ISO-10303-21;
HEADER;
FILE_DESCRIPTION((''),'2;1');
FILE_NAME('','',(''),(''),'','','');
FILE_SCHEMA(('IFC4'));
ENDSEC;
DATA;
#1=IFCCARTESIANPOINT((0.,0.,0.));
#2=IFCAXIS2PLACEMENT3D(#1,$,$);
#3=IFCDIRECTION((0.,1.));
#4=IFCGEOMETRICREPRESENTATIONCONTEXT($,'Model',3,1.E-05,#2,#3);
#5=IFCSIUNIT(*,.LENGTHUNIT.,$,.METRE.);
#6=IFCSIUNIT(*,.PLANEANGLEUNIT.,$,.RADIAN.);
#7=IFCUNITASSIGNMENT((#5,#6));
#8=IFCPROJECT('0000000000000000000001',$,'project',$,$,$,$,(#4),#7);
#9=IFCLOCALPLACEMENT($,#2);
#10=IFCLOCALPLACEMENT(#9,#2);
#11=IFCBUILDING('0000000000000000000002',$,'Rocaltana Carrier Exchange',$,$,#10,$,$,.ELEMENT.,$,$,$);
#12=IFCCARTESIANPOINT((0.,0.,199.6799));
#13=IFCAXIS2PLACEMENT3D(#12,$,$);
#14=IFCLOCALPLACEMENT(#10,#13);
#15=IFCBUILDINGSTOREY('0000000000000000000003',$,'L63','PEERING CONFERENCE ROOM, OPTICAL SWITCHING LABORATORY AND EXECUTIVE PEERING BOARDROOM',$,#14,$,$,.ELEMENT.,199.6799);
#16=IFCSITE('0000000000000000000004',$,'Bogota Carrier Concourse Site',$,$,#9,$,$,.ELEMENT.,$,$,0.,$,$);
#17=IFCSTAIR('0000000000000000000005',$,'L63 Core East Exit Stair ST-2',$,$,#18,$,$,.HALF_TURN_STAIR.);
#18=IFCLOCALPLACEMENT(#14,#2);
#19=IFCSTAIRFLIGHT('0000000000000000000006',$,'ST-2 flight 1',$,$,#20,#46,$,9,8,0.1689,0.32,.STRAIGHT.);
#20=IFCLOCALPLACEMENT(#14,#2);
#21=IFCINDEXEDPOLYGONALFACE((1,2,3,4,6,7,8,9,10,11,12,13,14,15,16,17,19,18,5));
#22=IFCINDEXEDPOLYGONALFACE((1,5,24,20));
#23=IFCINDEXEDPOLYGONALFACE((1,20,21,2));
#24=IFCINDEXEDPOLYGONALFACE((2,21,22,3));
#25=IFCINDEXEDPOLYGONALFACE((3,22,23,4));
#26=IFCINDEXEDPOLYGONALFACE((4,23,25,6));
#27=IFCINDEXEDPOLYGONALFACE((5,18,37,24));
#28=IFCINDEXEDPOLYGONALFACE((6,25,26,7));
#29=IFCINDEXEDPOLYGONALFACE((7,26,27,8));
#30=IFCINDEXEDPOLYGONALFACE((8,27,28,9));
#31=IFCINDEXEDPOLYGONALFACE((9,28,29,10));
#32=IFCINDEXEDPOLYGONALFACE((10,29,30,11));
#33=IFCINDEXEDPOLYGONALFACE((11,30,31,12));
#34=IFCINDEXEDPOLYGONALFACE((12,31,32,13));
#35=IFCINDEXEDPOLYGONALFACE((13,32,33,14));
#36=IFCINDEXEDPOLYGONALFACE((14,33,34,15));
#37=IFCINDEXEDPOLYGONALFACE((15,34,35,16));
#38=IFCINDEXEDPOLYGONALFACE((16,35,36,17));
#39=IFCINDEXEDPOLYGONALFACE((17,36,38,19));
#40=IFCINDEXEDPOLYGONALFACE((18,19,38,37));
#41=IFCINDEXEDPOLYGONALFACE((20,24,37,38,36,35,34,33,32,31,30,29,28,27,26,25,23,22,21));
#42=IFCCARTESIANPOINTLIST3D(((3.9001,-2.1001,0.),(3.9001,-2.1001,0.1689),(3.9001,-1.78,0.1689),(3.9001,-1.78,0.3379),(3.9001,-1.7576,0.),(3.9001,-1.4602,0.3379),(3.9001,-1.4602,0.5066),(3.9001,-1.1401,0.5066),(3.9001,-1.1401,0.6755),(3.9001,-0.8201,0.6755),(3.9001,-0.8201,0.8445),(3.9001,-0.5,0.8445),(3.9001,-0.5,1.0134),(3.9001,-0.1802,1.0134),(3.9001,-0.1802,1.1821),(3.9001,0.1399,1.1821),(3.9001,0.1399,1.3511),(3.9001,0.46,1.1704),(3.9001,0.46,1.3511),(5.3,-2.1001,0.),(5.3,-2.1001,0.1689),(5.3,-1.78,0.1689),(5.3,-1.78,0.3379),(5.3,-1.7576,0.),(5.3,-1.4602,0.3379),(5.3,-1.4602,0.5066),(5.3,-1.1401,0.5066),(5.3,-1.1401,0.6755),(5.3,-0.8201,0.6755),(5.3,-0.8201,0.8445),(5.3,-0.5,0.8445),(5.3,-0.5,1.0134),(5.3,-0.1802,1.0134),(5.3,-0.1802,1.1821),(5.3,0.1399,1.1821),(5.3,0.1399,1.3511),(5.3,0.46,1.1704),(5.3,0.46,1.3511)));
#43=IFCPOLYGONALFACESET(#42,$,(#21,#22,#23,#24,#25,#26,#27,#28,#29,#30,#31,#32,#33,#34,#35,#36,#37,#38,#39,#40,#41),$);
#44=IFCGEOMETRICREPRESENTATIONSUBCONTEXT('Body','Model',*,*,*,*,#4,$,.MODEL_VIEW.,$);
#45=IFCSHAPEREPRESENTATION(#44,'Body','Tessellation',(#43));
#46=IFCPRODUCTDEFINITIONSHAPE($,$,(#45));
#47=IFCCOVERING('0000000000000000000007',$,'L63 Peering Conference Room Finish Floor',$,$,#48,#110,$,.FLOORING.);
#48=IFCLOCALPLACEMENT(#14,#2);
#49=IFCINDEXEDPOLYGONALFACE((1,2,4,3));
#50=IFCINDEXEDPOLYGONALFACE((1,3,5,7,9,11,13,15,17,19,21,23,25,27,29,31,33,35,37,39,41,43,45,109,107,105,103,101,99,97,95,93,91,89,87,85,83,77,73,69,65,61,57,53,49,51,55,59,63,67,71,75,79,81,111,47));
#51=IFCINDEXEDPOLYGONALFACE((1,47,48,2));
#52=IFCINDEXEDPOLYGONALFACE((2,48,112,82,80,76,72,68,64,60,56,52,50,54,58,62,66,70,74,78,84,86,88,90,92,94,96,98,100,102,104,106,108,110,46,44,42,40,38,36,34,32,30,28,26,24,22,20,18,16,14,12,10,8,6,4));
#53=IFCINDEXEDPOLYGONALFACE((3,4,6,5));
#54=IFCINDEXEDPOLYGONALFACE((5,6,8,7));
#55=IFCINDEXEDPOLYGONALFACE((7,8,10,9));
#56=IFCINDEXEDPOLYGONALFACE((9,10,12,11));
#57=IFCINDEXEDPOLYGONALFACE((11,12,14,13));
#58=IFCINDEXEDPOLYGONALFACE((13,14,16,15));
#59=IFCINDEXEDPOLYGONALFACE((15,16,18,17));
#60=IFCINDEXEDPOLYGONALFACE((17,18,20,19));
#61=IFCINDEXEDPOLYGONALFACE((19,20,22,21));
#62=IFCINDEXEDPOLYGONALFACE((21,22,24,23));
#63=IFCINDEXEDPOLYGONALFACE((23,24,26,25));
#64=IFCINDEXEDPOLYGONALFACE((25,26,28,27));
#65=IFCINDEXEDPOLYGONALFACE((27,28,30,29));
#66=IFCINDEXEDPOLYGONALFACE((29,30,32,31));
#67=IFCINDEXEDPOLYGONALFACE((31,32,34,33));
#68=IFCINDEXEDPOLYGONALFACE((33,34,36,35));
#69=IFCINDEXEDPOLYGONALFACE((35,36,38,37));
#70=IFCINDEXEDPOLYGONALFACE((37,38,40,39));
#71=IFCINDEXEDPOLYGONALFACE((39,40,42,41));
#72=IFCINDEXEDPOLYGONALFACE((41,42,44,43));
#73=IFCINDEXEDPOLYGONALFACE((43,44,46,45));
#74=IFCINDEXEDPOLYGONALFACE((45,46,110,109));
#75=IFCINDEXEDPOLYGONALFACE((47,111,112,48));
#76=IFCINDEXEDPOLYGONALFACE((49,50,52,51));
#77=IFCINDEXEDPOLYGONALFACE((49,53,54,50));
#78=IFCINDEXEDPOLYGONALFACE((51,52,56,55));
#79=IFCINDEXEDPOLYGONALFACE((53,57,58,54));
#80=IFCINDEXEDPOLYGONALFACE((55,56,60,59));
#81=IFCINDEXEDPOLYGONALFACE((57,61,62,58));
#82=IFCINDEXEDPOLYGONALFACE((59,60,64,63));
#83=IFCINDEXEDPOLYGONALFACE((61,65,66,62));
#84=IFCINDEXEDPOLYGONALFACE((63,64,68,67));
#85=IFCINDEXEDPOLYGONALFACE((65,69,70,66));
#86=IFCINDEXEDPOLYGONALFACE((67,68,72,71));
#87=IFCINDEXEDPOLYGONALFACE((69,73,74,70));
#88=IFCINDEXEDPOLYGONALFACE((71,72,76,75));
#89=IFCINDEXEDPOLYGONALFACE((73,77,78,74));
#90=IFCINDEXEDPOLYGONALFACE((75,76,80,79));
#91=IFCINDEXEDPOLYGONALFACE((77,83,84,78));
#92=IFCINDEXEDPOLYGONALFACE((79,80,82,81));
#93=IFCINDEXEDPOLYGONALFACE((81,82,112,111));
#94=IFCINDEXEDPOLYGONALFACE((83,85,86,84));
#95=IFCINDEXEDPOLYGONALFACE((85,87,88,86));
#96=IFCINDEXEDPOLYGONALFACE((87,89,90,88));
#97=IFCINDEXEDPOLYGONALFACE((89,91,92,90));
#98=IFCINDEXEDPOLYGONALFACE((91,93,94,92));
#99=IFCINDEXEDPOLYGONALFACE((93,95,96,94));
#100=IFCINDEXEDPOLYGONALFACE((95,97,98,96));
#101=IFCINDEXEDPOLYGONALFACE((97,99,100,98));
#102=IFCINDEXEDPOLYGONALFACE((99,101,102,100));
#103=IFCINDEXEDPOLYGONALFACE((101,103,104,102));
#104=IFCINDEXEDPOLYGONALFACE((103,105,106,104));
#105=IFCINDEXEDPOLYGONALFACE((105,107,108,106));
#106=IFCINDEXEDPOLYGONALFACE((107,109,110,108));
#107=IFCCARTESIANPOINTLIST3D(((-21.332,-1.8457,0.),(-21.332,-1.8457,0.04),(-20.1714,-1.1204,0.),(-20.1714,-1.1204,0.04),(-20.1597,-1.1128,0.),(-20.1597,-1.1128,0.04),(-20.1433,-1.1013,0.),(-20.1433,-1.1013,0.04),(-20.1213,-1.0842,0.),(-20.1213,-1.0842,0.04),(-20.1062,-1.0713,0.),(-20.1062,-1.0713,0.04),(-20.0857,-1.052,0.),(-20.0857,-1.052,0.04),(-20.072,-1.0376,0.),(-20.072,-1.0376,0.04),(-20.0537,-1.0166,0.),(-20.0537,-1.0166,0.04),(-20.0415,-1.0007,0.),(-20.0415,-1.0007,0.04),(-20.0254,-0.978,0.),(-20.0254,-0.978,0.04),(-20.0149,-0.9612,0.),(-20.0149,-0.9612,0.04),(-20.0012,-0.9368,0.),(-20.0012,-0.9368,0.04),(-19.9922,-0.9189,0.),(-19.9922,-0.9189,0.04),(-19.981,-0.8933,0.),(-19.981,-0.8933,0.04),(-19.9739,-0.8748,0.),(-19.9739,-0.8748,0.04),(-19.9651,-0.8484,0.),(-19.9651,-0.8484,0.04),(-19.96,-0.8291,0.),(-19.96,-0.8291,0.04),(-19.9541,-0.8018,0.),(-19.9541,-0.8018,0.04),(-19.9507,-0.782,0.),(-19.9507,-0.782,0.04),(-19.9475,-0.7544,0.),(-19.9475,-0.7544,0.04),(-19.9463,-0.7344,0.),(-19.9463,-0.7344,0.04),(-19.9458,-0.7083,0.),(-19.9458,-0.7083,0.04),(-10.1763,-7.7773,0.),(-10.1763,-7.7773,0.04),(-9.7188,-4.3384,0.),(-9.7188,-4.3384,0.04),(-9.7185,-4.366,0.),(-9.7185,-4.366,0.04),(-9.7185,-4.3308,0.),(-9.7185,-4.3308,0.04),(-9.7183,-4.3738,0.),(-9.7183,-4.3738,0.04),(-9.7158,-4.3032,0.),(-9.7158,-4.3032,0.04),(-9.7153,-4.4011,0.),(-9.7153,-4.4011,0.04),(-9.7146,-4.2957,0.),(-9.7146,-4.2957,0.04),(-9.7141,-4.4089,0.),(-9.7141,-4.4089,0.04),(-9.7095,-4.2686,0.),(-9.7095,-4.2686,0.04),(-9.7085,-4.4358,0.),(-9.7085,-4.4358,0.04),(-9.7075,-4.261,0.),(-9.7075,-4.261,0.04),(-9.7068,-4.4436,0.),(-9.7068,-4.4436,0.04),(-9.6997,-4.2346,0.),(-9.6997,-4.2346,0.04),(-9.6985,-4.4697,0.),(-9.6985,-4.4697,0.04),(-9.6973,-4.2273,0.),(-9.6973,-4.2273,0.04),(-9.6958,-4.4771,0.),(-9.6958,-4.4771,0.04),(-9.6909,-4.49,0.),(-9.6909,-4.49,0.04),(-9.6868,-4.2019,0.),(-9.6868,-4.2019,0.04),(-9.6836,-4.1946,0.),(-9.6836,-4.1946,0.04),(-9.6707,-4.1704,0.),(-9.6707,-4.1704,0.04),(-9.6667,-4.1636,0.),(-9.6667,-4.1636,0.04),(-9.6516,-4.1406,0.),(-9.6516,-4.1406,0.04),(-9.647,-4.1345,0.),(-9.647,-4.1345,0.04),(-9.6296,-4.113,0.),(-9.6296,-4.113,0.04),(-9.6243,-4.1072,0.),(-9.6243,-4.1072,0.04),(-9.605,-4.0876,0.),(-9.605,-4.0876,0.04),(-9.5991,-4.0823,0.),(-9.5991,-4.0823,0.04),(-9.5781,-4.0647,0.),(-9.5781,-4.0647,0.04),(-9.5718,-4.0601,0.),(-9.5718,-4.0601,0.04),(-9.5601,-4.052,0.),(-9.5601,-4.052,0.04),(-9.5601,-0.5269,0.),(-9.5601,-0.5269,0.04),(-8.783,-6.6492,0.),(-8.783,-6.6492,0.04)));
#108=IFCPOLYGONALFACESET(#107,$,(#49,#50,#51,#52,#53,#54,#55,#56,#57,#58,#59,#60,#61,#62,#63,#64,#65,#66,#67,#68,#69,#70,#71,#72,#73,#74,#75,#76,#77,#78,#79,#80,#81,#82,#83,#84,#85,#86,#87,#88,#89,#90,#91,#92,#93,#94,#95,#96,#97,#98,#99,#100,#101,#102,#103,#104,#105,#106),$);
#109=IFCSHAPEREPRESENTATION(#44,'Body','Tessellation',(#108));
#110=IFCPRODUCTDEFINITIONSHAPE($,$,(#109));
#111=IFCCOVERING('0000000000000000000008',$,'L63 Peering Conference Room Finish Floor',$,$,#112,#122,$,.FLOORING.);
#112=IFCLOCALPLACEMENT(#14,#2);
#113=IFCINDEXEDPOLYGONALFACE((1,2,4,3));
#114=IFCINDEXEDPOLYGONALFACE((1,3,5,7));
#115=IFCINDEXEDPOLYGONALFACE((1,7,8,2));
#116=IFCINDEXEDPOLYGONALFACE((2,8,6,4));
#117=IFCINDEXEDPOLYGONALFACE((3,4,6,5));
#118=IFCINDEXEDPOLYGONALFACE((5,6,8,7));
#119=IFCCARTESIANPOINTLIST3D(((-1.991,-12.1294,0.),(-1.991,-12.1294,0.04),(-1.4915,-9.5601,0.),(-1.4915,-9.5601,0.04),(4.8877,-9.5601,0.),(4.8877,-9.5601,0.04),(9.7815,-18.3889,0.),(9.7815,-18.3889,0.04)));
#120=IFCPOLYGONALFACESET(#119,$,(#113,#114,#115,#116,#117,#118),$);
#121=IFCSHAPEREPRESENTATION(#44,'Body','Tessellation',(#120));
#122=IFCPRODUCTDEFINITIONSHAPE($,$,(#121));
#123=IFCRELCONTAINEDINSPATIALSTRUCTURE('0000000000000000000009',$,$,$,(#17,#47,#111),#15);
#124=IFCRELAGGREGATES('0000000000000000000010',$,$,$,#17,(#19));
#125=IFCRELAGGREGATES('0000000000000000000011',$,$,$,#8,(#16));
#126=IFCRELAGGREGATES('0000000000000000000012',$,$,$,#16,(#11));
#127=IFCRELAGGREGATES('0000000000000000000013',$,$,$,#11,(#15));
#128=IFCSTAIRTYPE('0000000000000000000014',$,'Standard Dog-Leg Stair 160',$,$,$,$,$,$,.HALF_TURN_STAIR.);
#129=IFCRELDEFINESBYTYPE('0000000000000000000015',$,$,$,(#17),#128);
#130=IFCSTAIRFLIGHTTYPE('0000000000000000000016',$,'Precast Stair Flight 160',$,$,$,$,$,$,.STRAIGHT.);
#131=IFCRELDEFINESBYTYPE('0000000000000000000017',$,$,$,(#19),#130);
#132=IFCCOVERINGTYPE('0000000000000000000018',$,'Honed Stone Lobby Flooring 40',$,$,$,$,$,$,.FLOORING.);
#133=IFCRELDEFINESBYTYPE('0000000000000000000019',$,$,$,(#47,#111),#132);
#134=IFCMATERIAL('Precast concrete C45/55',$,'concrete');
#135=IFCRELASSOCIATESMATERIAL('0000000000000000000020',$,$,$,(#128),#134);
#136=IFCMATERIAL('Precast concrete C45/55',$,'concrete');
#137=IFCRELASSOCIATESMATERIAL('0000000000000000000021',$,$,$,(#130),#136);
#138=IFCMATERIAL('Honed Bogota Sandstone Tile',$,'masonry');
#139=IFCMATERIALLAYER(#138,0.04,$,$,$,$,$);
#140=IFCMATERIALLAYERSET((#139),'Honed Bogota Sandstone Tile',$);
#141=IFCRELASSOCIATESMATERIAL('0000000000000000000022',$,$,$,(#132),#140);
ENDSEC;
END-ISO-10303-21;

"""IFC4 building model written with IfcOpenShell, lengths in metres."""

from ifc_helpers import new_model, si_unit, direction, frame, origin, place, context, subcontext, project, spatial, polyline, outline, extrude, material, layer, layer_set, type_object, element, aggregate, save


model = new_model("IFC4")

# Units and contexts
model_context = context("Model", 3, precision=1e-05, world=origin(), true_north=direction((0.0, 1.0)))
body_context = subcontext(model_context, "Body", "Model", "MODEL_VIEW")
ifc_project = project(units=[si_unit("LENGTHUNIT", "METRE"), si_unit("PLANEANGLEUNIT", "RADIAN")], contexts=[model_context])

# Site, building, storey
site_placement = place(None, origin())
site = spatial("IfcSite", under=ifc_project, at=site_placement, Name="Bogota Carrier Concourse Site", CompositionType="ELEMENT", RefElevation=0.0)
building_placement = place(site_placement, origin())
building = spatial("IfcBuilding", under=site, at=building_placement, Name="Rocaltana Carrier Exchange", CompositionType="ELEMENT")
storey_placement = place(building_placement, frame((0.0, 0.0, 199.6799)))
storey = spatial("IfcBuildingStorey", under=building, at=storey_placement, Name="L63", Description="PEERING CONFERENCE ROOM, OPTICAL SWITCHING LABORATORY AND EXECUTIVE PEERING BOARDROOM", CompositionType="ELEMENT", Elevation=199.6799)

# Stair
ifc_material_1 = material(Name="Precast concrete C45/55", Category="concrete")
stair_type = type_object("IfcStairType", Name="Standard Dog-Leg Stair 160", PredefinedType="HALF_TURN_STAIR", material=ifc_material_1)
stair_placement = place(storey_placement, origin())
stair = element("IfcStair", 1, at=stair_placement, inside=storey, type_object=stair_type, Name="L63 Core East Exit Stair ST-2", PredefinedType="HALF_TURN_STAIR")

# Stair flight
ifc_material_2 = material(Name="Precast concrete C45/55", Category="concrete")
stair_flight_type = type_object("IfcStairFlightType", Name="Precast Stair Flight 160", PredefinedType="STRAIGHT", material=ifc_material_2)
stair_flight_placement = place(storey_placement, frame((4.6001, -2.1001, 0.0), z_axis=(0.0, 0.0, 1.0), x_axis=(0.0, 1.0, 0.0)))
stair_flight = element("IfcStairFlight", 2, at=stair_flight_placement, type_object=stair_flight_type, Name="ST-2 flight 1", NumberOfRisers=9, NumberOfTreads=8, PredefinedType="STRAIGHT", RiserHeight=0.1689, TreadLength=0.32, context=body_context, shape_type="SweptSolid", body=[
    extrude(outline(polyline([(0.0, 0.0), (0.0, 0.1689), (0.3201, 0.1689), (0.3201, 0.3379), (0.6399, 0.3379), (0.6399, 0.5066), (0.96, 0.5066), (0.96, 0.6755), (1.28, 0.6755), (1.28, 0.8445), (1.6001, 0.8445), (1.6001, 1.0134), (1.9199, 1.0134), (1.9199, 1.1821), (2.24, 1.1821), (2.24, 1.3511), (2.5601, 1.3511), (2.5601, 1.52), (2.5601, 1.1704), (0.3425, 0.0), (0.0, 0.0)])), frame((0.0, 0.7, 0.0), z_axis=(0.0, -1.0, 0.0), x_axis=(1.0, 0.0, 0.0)), (0.0, 0.0, 1.0), 1.3999),
])
aggregate(stair, [stair_flight])

# Coverings
ifc_material_3 = material(Name="Honed Bogota Sandstone Tile", Category="masonry")
ifc_layer_1 = layer(ifc_material_3, 0.04)
ifc_layer_set_1 = layer_set([ifc_layer_1], Name="Honed Bogota Sandstone Tile")
covering_type_1 = type_object("IfcCoveringType", Name="Honed Stone Lobby Flooring 40", PredefinedType="FLOORING", material=ifc_layer_set_1)
covering_1_placement = place(storey_placement, origin())
element("IfcCovering", 3, at=covering_1_placement, inside=storey, type_object=covering_type_1, Name="L63 Peering Conference Room Finish Floor", PredefinedType="FLOORING", context=body_context, shape_type="SweptSolid", body=[
    extrude(outline(polyline([(-20.1714, -1.1204), (-20.1597, -1.1128), (-20.1433, -1.1013), (-20.1213, -1.0842), (-20.1062, -1.0713), (-20.0857, -1.052), (-20.072, -1.0376), (-20.0537, -1.0166), (-20.0415, -1.0007), (-20.0254, -0.978), (-20.0149, -0.9612), (-20.0012, -0.9368), (-19.9922, -0.9189), (-19.981, -0.8933), (-19.9739, -0.8748), (-19.9651, -0.8484), (-19.96, -0.8291), (-19.9541, -0.8018), (-19.9507, -0.782), (-19.9475, -0.7544), (-19.9463, -0.7344), (-19.9458, -0.7083), (-9.5601, -0.5269), (-9.5601, -4.052), (-9.5718, -4.0601), (-9.5781, -4.0647), (-9.5991, -4.0823), (-9.605, -4.0876), (-9.6243, -4.1072), (-9.6296, -4.113), (-9.647, -4.1345), (-9.6516, -4.1406), (-9.6667, -4.1636), (-9.6707, -4.1704), (-9.6836, -4.1946), (-9.6868, -4.2019), (-9.6973, -4.2273), (-9.6997, -4.2346), (-9.7075, -4.261), (-9.7095, -4.2686), (-9.7146, -4.2957), (-9.7158, -4.3032), (-9.7185, -4.3308), (-9.7188, -4.3384), (-9.7185, -4.366), (-9.7183, -4.3738), (-9.7153, -4.4011), (-9.7141, -4.4089), (-9.7085, -4.4358), (-9.7068, -4.4436), (-9.6985, -4.4697), (-9.6958, -4.4771), (-9.6909, -4.49), (-8.783, -6.6492), (-10.1763, -7.7773), (-21.332, -1.8457), (-20.1714, -1.1204)])), origin(), (0.0, 0.0, 1.0), 0.04),
])
covering_2_placement = place(storey_placement, origin())
element("IfcCovering", 4, at=covering_2_placement, inside=storey, type_object=covering_type_1, Name="L63 Peering Conference Room Finish Floor", PredefinedType="FLOORING", context=body_context, shape_type="SweptSolid", body=[
    extrude(outline(polyline([(-1.991, -12.1294), (-1.4915, -9.5601), (4.8877, -9.5601), (9.7815, -18.3889), (-1.991, -12.1294)])), origin(), (0.0, 0.0, 1.0), 0.04),
])

save(model, "model.ifc")
